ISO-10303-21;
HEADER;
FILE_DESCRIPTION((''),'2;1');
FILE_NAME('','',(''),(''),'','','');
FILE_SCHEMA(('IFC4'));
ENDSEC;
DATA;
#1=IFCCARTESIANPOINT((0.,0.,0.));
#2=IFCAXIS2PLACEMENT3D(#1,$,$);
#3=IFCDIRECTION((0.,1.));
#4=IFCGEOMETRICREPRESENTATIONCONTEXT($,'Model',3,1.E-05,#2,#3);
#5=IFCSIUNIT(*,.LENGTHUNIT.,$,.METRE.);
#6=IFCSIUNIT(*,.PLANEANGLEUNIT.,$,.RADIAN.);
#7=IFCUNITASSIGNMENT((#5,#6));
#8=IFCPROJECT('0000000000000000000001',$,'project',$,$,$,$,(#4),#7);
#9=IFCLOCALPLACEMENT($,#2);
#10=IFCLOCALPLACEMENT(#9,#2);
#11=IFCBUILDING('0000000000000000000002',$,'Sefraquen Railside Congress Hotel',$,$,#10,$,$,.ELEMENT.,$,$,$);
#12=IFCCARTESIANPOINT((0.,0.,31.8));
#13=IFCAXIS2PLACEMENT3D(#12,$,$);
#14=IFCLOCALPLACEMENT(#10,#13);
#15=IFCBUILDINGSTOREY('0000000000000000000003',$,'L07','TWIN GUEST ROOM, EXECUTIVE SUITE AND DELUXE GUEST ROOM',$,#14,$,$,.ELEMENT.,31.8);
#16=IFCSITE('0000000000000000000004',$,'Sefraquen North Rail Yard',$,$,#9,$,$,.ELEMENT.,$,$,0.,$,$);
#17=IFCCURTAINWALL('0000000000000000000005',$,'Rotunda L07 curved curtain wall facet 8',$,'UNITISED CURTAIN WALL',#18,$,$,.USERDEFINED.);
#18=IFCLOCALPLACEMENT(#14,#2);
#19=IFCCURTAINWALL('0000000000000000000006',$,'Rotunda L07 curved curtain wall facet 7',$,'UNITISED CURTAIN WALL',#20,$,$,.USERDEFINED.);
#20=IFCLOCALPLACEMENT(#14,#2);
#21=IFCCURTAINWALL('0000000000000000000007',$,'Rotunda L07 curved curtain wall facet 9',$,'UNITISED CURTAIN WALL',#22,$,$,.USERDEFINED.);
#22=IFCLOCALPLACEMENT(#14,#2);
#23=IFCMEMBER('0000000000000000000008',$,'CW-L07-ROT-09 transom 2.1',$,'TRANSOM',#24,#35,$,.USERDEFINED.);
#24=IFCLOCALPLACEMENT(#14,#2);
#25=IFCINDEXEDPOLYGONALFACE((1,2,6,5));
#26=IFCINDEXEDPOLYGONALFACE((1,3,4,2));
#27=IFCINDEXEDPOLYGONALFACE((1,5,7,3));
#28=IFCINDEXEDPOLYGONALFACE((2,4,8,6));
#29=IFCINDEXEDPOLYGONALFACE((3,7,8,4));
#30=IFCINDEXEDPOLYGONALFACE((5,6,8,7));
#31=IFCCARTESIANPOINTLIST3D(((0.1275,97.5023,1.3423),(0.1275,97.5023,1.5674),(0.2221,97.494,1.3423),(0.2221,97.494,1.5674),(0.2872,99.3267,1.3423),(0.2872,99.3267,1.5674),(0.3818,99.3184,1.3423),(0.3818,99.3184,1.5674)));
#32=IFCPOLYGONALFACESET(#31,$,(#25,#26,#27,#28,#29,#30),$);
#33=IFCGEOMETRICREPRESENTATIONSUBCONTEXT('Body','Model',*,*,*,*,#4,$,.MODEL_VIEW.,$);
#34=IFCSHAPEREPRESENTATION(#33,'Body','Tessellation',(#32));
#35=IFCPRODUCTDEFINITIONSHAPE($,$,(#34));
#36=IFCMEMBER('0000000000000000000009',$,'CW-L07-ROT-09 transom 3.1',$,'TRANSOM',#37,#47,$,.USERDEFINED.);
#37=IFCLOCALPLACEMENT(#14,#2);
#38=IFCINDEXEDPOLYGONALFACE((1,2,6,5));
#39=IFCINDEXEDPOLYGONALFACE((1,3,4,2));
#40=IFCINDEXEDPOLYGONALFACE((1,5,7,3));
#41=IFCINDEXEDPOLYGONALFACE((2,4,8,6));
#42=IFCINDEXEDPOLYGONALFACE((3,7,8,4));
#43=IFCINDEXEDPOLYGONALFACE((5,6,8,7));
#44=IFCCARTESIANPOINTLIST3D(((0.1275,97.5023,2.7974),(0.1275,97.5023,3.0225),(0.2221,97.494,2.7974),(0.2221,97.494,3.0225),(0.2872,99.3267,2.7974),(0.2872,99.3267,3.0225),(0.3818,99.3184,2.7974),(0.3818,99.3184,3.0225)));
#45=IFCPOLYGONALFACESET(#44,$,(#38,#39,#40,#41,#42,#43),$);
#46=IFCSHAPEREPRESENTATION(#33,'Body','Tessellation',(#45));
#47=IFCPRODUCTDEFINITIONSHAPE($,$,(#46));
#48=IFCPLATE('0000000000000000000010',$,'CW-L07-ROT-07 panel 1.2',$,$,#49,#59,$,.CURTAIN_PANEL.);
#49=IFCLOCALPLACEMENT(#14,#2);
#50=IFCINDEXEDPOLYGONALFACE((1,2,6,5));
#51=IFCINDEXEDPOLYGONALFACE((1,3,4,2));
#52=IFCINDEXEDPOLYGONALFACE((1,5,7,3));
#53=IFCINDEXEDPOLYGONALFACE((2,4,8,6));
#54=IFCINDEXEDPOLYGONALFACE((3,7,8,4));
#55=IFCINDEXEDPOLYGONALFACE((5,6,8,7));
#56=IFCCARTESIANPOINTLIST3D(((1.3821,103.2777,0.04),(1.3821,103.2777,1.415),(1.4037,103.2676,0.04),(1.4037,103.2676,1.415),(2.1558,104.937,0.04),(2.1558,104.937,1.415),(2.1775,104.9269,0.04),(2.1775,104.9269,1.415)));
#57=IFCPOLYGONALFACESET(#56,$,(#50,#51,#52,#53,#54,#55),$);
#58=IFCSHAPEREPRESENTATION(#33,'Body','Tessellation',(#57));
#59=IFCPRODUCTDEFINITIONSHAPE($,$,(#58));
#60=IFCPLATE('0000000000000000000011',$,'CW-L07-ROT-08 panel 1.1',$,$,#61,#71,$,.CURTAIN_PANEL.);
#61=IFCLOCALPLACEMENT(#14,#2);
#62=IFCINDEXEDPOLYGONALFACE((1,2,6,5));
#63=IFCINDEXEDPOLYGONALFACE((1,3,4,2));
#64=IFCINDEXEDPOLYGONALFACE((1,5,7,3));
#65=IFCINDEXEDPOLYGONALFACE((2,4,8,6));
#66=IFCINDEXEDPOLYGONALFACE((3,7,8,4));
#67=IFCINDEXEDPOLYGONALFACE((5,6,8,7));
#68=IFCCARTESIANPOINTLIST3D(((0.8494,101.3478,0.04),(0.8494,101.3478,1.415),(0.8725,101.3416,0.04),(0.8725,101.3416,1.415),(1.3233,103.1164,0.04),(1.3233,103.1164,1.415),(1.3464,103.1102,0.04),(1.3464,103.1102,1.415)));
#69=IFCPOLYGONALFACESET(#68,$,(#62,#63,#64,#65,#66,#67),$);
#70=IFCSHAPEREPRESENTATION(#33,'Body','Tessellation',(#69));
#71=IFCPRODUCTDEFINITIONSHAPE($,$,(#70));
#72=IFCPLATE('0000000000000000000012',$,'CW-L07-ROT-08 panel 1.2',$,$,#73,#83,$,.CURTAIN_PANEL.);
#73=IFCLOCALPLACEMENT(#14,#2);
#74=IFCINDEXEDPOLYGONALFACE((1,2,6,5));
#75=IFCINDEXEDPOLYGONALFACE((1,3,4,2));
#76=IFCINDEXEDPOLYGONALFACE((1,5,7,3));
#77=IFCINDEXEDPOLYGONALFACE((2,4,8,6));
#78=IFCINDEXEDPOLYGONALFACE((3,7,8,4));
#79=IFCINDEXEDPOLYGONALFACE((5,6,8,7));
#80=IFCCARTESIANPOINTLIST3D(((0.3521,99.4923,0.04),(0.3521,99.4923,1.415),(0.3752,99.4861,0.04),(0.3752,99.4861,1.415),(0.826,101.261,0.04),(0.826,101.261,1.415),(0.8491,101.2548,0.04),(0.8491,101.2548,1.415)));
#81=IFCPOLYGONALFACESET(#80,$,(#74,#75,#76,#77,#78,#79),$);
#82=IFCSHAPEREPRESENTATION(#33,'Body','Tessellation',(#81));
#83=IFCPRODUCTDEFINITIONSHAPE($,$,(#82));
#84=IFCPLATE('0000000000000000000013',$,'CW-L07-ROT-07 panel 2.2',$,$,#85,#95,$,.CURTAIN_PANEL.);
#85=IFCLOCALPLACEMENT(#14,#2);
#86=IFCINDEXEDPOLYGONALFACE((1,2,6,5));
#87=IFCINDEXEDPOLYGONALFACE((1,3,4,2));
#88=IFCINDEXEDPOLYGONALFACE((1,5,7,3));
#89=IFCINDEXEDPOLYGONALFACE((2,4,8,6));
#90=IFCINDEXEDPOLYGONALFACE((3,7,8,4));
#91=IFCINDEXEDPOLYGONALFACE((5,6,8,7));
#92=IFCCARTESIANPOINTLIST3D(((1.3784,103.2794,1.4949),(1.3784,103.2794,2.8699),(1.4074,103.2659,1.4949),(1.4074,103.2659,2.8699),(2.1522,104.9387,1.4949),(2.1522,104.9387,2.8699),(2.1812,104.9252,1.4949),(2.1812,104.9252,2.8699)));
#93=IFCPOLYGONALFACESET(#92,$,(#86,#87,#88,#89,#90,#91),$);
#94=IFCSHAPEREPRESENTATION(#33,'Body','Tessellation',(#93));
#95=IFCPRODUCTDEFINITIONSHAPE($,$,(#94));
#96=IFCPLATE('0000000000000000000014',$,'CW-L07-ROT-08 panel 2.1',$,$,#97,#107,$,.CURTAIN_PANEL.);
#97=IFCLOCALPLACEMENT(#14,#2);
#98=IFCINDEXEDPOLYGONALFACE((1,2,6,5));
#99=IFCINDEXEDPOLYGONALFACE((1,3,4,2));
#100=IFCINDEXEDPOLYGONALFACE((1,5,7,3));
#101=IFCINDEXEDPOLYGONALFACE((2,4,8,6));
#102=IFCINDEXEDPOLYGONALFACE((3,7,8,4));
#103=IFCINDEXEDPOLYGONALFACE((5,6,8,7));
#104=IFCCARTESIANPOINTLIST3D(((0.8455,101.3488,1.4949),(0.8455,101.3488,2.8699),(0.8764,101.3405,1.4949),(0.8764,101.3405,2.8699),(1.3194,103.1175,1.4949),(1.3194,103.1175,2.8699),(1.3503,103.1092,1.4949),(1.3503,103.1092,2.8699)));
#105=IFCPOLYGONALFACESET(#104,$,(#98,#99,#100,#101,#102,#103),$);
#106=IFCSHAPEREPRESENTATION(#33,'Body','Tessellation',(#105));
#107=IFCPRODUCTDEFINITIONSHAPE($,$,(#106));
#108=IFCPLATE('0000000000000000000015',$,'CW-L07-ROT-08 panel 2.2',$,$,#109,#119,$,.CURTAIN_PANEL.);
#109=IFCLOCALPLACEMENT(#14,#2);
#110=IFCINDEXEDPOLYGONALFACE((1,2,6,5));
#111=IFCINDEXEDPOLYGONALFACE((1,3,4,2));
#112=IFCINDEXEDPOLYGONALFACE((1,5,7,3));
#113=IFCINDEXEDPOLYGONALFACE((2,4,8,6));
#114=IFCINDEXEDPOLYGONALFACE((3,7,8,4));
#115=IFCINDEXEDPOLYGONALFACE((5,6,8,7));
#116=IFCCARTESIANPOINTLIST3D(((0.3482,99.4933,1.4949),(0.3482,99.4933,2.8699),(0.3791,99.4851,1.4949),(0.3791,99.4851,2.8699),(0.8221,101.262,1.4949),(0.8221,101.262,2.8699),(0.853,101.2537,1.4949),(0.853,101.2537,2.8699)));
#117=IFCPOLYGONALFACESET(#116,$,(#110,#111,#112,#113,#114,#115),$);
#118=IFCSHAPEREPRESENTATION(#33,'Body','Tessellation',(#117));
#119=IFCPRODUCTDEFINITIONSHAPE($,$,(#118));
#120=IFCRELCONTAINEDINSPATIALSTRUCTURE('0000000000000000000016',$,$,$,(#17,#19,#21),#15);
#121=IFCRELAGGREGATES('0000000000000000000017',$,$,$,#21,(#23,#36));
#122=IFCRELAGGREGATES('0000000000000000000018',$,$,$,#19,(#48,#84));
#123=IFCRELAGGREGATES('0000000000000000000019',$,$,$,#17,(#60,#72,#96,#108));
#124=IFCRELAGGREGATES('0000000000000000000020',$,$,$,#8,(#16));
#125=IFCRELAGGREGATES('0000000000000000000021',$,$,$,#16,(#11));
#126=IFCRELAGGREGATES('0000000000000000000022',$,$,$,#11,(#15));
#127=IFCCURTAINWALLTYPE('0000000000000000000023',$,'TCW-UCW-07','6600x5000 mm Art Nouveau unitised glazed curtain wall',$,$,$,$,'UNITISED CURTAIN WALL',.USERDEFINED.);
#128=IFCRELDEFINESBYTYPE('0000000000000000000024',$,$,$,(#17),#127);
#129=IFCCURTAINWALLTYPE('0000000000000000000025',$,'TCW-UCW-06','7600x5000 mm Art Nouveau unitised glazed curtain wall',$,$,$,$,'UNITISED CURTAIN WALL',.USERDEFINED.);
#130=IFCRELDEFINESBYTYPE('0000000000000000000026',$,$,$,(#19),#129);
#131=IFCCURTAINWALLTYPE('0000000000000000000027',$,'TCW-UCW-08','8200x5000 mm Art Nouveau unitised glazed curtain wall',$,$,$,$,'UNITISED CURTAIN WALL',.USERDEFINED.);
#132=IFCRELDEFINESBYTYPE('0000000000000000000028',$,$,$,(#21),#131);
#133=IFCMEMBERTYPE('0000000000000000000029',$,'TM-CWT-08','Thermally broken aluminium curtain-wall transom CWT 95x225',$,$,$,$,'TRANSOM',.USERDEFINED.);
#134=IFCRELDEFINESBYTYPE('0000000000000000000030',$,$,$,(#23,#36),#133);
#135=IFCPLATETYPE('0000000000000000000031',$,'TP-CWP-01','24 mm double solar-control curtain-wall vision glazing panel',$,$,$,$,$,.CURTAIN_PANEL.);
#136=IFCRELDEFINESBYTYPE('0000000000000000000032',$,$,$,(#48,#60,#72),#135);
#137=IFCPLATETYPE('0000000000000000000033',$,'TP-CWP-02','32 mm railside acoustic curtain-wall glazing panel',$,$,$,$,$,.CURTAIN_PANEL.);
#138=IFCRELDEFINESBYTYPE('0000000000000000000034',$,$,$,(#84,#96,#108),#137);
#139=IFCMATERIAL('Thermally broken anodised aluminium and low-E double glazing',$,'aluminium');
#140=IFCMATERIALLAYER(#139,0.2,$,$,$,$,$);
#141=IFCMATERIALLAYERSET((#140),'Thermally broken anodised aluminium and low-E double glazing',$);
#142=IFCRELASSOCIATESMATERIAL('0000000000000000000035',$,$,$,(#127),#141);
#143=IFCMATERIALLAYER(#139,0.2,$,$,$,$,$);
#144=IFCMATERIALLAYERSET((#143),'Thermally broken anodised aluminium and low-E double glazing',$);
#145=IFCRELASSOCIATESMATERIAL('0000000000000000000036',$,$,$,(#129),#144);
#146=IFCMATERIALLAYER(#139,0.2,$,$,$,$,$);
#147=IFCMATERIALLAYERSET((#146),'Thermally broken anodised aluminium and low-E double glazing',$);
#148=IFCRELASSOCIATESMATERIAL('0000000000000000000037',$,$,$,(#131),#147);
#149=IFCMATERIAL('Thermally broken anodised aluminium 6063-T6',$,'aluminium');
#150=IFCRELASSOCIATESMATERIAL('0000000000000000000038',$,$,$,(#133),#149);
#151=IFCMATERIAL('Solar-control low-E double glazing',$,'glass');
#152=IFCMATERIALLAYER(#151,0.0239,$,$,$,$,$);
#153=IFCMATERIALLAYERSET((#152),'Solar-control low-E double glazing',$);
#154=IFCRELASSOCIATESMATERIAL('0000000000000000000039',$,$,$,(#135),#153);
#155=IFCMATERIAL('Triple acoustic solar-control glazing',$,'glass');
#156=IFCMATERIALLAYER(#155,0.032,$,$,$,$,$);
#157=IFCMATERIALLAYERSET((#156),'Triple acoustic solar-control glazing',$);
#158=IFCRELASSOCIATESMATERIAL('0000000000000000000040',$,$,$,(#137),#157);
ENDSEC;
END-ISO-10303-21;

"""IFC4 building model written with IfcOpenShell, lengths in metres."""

from ifc_helpers import new_model, si_unit, direction, frame, origin, origin_2d, place, context, subcontext, project, spatial, rectangle, extrude, material, layer, layer_set, material_profile, profile_set, type_object, element, aggregate, save


model = new_model("IFC4")

# Units and contexts
model_context = context("Model", 3, precision=1e-05, world=origin(), true_north=direction((0.0, 1.0)))
body_context = subcontext(model_context, "Body", "Model", "MODEL_VIEW")
ifc_project = project(units=[si_unit("LENGTHUNIT", "METRE"), si_unit("PLANEANGLEUNIT", "RADIAN")], contexts=[model_context])

# Site, building, storey
site_placement = place(None, origin())
site = spatial("IfcSite", under=ifc_project, at=site_placement, Name="Sefraquen North Rail Yard", CompositionType="ELEMENT", RefElevation=0.0)
building_placement = place(site_placement, origin())
building = spatial("IfcBuilding", under=site, at=building_placement, Name="Sefraquen Railside Congress Hotel", CompositionType="ELEMENT")
storey_placement = place(building_placement, frame((0.0, 0.0, 31.8)))
storey = spatial("IfcBuildingStorey", under=building, at=storey_placement, Name="L07", Description="TWIN GUEST ROOM, EXECUTIVE SUITE AND DELUXE GUEST ROOM", CompositionType="ELEMENT", Elevation=31.8)

# Curtain walls
ifc_material_1 = material(Name="Thermally broken anodised aluminium and low-E double glazing", Category="aluminium")
ifc_layer_1 = layer(ifc_material_1, 0.2)
ifc_layer_set_1 = layer_set([ifc_layer_1], Name="Thermally broken anodised aluminium and low-E double glazing")
curtain_wall_type_1 = type_object("IfcCurtainWallType", Name="TCW-UCW-07", Description="6600x5000 mm Art Nouveau unitised glazed curtain wall", ElementType="UNITISED CURTAIN WALL", PredefinedType="USERDEFINED", material=ifc_layer_set_1)
curtain_wall_1_placement = place(storey_placement, origin())
curtain_wall_1 = element("IfcCurtainWall", 1, at=curtain_wall_1_placement, inside=storey, type_object=curtain_wall_type_1, Name="Rotunda L07 curved curtain wall facet 8", ObjectType="UNITISED CURTAIN WALL", PredefinedType="USERDEFINED")
ifc_material_2 = material(Name="Thermally broken anodised aluminium 6063-T6", Category="aluminium")
ifc_layer_2 = layer(ifc_material_1, 0.2)
ifc_layer_set_2 = layer_set([ifc_layer_2], Name="Thermally broken anodised aluminium and low-E double glazing")
curtain_wall_type_2 = type_object("IfcCurtainWallType", Name="TCW-UCW-06", Description="7600x5000 mm Art Nouveau unitised glazed curtain wall", ElementType="UNITISED CURTAIN WALL", PredefinedType="USERDEFINED", material=ifc_layer_set_2)
curtain_wall_2_placement = place(storey_placement, origin())
curtain_wall_2 = element("IfcCurtainWall", 2, at=curtain_wall_2_placement, inside=storey, type_object=curtain_wall_type_2, Name="Rotunda L07 curved curtain wall facet 7", ObjectType="UNITISED CURTAIN WALL", PredefinedType="USERDEFINED")

# Curtain wall
ifc_layer_3 = layer(ifc_material_1, 0.2)
ifc_layer_set_3 = layer_set([ifc_layer_3], Name="Thermally broken anodised aluminium and low-E double glazing")
curtain_wall_type_3 = type_object("IfcCurtainWallType", Name="TCW-UCW-08", Description="8200x5000 mm Art Nouveau unitised glazed curtain wall", ElementType="UNITISED CURTAIN WALL", PredefinedType="USERDEFINED", material=ifc_layer_set_3)
curtain_wall_3_placement = place(storey_placement, origin())
curtain_wall_3 = element("IfcCurtainWall", 3, at=curtain_wall_3_placement, inside=storey, type_object=curtain_wall_type_3, Name="Rotunda L07 curved curtain wall facet 9", ObjectType="UNITISED CURTAIN WALL", PredefinedType="USERDEFINED")

# Members
ifc_material_profile_1 = material_profile(ifc_material_2, rectangle(XDim=0.095, YDim=0.2251, at=origin_2d()), Name="CWT 95x225")
ifc_profile_set_1 = profile_set([ifc_material_profile_1], Name="Thermally broken anodised aluminium 6063-T6")
member_type_1 = type_object("IfcMemberType", Name="TM-CWT-08", Description="Thermally broken aluminium curtain-wall transom CWT 95x225", ElementType="TRANSOM", PredefinedType="USERDEFINED", material=ifc_profile_set_1)
member_1_placement = place(storey_placement, frame((0.3345, 99.3225, 1.4548), z_axis=(-0.087193, -0.996191, 0.0), x_axis=(0.996191, -0.087193, 0.0)))
member_1 = element("IfcMember", 4, at=member_1_placement, type_object=member_type_1, Name="CW-L07-ROT-09 transom 2.1", ObjectType="TRANSOM", PredefinedType="USERDEFINED", context=body_context, shape_type="SweptSolid", body=[
    extrude(rectangle(XDim=0.095, YDim=0.2251, at=origin_2d()), origin(), (0.0, 0.0, 1.0), 1.8313),
])
member_2_placement = place(storey_placement, frame((0.3345, 99.3225, 2.9099), z_axis=(-0.087193, -0.996191, 0.0), x_axis=(0.996191, -0.087193, 0.0)))
member_2 = element("IfcMember", 5, at=member_2_placement, type_object=member_type_1, Name="CW-L07-ROT-09 transom 3.1", ObjectType="TRANSOM", PredefinedType="USERDEFINED", context=body_context, shape_type="SweptSolid", body=[
    extrude(rectangle(XDim=0.095, YDim=0.2251, at=origin_2d()), origin(), (0.0, 0.0, 1.0), 1.8313),
])
aggregate(curtain_wall_3, [member_1, member_2])

# Plates
ifc_material_3 = material(Name="Solar-control low-E double glazing", Category="glass")
ifc_layer_4 = layer(ifc_material_3, 0.0239)
ifc_layer_set_4 = layer_set([ifc_layer_4], Name="Solar-control low-E double glazing")
plate_type_1 = type_object("IfcPlateType", Name="TP-CWP-01", Description="24 mm double solar-control curtain-wall vision glazing panel", PredefinedType="CURTAIN_PANEL", material=ifc_layer_set_4)
plate_1_placement = place(storey_placement, frame((1.7798, 104.1023, 0.04), z_axis=(0.0, 0.0, 1.0), x_axis=(-0.422634, -0.9063, 0.0)))
plate_1 = element("IfcPlate", 6, at=plate_1_placement, type_object=plate_type_1, Name="CW-L07-ROT-07 panel 1.2", PredefinedType="CURTAIN_PANEL", context=body_context, shape_type="SweptSolid", body=[
    extrude(rectangle(XDim=1.8308, YDim=0.0239, at=origin_2d()), origin(), (0.0, 0.0, 1.0), 1.375),
])
plate_2_placement = place(storey_placement, frame((1.0979, 102.229, 0.04), z_axis=(0.0, 0.0, 1.0), x_axis=(-0.258785, -0.965935, 0.0)))
plate_2 = element("IfcPlate", 7, at=plate_2_placement, type_object=plate_type_1, Name="CW-L07-ROT-08 panel 1.1", PredefinedType="CURTAIN_PANEL", context=body_context, shape_type="SweptSolid", body=[
    extrude(rectangle(XDim=1.8311, YDim=0.0239, at=origin_2d()), origin(), (0.0, 0.0, 1.0), 1.375),
])
plate_3_placement = place(storey_placement, frame((0.6006, 100.3735, 0.04), z_axis=(0.0, 0.0, 1.0), x_axis=(-0.258785, -0.965935, 0.0)))
plate_3 = element("IfcPlate", 8, at=plate_3_placement, type_object=plate_type_1, Name="CW-L07-ROT-08 panel 1.2", PredefinedType="CURTAIN_PANEL", context=body_context, shape_type="SweptSolid", body=[
    extrude(rectangle(XDim=1.8311, YDim=0.0239, at=origin_2d()), origin(), (0.0, 0.0, 1.0), 1.375),
])
ifc_material_4 = material(Name="Triple acoustic solar-control glazing", Category="glass")
ifc_layer_5 = layer(ifc_material_4, 0.032)
ifc_layer_set_5 = layer_set([ifc_layer_5], Name="Triple acoustic solar-control glazing")
plate_type_2 = type_object("IfcPlateType", Name="TP-CWP-02", Description="32 mm railside acoustic curtain-wall glazing panel", PredefinedType="CURTAIN_PANEL", material=ifc_layer_set_5)
plate_4_placement = place(storey_placement, frame((1.7798, 104.1023, 1.4949), z_axis=(0.0, 0.0, 1.0), x_axis=(-0.422634, -0.9063, 0.0)))
plate_4 = element("IfcPlate", 9, at=plate_4_placement, type_object=plate_type_2, Name="CW-L07-ROT-07 panel 2.2", PredefinedType="CURTAIN_PANEL", context=body_context, shape_type="SweptSolid", body=[
    extrude(rectangle(XDim=1.8308, YDim=0.032, at=origin_2d()), origin(), (0.0, 0.0, 1.0), 1.375),
])
aggregate(curtain_wall_2, [plate_1, plate_4])
plate_5_placement = place(storey_placement, frame((1.0979, 102.229, 1.4949), z_axis=(0.0, 0.0, 1.0), x_axis=(-0.258785, -0.965935, 0.0)))
plate_5 = element("IfcPlate", 10, at=plate_5_placement, type_object=plate_type_2, Name="CW-L07-ROT-08 panel 2.1", PredefinedType="CURTAIN_PANEL", context=body_context, shape_type="SweptSolid", body=[
    extrude(rectangle(XDim=1.8311, YDim=0.032, at=origin_2d()), origin(), (0.0, 0.0, 1.0), 1.375),
])
plate_6_placement = place(storey_placement, frame((0.6006, 100.3735, 1.4949), z_axis=(0.0, 0.0, 1.0), x_axis=(-0.258785, -0.965935, 0.0)))
plate_6 = element("IfcPlate", 11, at=plate_6_placement, type_object=plate_type_2, Name="CW-L07-ROT-08 panel 2.2", PredefinedType="CURTAIN_PANEL", context=body_context, shape_type="SweptSolid", body=[
    extrude(rectangle(XDim=1.8311, YDim=0.032, at=origin_2d()), origin(), (0.0, 0.0, 1.0), 1.375),
])
aggregate(curtain_wall_1, [plate_2, plate_3, plate_5, plate_6])

save(model, "model.ifc")
